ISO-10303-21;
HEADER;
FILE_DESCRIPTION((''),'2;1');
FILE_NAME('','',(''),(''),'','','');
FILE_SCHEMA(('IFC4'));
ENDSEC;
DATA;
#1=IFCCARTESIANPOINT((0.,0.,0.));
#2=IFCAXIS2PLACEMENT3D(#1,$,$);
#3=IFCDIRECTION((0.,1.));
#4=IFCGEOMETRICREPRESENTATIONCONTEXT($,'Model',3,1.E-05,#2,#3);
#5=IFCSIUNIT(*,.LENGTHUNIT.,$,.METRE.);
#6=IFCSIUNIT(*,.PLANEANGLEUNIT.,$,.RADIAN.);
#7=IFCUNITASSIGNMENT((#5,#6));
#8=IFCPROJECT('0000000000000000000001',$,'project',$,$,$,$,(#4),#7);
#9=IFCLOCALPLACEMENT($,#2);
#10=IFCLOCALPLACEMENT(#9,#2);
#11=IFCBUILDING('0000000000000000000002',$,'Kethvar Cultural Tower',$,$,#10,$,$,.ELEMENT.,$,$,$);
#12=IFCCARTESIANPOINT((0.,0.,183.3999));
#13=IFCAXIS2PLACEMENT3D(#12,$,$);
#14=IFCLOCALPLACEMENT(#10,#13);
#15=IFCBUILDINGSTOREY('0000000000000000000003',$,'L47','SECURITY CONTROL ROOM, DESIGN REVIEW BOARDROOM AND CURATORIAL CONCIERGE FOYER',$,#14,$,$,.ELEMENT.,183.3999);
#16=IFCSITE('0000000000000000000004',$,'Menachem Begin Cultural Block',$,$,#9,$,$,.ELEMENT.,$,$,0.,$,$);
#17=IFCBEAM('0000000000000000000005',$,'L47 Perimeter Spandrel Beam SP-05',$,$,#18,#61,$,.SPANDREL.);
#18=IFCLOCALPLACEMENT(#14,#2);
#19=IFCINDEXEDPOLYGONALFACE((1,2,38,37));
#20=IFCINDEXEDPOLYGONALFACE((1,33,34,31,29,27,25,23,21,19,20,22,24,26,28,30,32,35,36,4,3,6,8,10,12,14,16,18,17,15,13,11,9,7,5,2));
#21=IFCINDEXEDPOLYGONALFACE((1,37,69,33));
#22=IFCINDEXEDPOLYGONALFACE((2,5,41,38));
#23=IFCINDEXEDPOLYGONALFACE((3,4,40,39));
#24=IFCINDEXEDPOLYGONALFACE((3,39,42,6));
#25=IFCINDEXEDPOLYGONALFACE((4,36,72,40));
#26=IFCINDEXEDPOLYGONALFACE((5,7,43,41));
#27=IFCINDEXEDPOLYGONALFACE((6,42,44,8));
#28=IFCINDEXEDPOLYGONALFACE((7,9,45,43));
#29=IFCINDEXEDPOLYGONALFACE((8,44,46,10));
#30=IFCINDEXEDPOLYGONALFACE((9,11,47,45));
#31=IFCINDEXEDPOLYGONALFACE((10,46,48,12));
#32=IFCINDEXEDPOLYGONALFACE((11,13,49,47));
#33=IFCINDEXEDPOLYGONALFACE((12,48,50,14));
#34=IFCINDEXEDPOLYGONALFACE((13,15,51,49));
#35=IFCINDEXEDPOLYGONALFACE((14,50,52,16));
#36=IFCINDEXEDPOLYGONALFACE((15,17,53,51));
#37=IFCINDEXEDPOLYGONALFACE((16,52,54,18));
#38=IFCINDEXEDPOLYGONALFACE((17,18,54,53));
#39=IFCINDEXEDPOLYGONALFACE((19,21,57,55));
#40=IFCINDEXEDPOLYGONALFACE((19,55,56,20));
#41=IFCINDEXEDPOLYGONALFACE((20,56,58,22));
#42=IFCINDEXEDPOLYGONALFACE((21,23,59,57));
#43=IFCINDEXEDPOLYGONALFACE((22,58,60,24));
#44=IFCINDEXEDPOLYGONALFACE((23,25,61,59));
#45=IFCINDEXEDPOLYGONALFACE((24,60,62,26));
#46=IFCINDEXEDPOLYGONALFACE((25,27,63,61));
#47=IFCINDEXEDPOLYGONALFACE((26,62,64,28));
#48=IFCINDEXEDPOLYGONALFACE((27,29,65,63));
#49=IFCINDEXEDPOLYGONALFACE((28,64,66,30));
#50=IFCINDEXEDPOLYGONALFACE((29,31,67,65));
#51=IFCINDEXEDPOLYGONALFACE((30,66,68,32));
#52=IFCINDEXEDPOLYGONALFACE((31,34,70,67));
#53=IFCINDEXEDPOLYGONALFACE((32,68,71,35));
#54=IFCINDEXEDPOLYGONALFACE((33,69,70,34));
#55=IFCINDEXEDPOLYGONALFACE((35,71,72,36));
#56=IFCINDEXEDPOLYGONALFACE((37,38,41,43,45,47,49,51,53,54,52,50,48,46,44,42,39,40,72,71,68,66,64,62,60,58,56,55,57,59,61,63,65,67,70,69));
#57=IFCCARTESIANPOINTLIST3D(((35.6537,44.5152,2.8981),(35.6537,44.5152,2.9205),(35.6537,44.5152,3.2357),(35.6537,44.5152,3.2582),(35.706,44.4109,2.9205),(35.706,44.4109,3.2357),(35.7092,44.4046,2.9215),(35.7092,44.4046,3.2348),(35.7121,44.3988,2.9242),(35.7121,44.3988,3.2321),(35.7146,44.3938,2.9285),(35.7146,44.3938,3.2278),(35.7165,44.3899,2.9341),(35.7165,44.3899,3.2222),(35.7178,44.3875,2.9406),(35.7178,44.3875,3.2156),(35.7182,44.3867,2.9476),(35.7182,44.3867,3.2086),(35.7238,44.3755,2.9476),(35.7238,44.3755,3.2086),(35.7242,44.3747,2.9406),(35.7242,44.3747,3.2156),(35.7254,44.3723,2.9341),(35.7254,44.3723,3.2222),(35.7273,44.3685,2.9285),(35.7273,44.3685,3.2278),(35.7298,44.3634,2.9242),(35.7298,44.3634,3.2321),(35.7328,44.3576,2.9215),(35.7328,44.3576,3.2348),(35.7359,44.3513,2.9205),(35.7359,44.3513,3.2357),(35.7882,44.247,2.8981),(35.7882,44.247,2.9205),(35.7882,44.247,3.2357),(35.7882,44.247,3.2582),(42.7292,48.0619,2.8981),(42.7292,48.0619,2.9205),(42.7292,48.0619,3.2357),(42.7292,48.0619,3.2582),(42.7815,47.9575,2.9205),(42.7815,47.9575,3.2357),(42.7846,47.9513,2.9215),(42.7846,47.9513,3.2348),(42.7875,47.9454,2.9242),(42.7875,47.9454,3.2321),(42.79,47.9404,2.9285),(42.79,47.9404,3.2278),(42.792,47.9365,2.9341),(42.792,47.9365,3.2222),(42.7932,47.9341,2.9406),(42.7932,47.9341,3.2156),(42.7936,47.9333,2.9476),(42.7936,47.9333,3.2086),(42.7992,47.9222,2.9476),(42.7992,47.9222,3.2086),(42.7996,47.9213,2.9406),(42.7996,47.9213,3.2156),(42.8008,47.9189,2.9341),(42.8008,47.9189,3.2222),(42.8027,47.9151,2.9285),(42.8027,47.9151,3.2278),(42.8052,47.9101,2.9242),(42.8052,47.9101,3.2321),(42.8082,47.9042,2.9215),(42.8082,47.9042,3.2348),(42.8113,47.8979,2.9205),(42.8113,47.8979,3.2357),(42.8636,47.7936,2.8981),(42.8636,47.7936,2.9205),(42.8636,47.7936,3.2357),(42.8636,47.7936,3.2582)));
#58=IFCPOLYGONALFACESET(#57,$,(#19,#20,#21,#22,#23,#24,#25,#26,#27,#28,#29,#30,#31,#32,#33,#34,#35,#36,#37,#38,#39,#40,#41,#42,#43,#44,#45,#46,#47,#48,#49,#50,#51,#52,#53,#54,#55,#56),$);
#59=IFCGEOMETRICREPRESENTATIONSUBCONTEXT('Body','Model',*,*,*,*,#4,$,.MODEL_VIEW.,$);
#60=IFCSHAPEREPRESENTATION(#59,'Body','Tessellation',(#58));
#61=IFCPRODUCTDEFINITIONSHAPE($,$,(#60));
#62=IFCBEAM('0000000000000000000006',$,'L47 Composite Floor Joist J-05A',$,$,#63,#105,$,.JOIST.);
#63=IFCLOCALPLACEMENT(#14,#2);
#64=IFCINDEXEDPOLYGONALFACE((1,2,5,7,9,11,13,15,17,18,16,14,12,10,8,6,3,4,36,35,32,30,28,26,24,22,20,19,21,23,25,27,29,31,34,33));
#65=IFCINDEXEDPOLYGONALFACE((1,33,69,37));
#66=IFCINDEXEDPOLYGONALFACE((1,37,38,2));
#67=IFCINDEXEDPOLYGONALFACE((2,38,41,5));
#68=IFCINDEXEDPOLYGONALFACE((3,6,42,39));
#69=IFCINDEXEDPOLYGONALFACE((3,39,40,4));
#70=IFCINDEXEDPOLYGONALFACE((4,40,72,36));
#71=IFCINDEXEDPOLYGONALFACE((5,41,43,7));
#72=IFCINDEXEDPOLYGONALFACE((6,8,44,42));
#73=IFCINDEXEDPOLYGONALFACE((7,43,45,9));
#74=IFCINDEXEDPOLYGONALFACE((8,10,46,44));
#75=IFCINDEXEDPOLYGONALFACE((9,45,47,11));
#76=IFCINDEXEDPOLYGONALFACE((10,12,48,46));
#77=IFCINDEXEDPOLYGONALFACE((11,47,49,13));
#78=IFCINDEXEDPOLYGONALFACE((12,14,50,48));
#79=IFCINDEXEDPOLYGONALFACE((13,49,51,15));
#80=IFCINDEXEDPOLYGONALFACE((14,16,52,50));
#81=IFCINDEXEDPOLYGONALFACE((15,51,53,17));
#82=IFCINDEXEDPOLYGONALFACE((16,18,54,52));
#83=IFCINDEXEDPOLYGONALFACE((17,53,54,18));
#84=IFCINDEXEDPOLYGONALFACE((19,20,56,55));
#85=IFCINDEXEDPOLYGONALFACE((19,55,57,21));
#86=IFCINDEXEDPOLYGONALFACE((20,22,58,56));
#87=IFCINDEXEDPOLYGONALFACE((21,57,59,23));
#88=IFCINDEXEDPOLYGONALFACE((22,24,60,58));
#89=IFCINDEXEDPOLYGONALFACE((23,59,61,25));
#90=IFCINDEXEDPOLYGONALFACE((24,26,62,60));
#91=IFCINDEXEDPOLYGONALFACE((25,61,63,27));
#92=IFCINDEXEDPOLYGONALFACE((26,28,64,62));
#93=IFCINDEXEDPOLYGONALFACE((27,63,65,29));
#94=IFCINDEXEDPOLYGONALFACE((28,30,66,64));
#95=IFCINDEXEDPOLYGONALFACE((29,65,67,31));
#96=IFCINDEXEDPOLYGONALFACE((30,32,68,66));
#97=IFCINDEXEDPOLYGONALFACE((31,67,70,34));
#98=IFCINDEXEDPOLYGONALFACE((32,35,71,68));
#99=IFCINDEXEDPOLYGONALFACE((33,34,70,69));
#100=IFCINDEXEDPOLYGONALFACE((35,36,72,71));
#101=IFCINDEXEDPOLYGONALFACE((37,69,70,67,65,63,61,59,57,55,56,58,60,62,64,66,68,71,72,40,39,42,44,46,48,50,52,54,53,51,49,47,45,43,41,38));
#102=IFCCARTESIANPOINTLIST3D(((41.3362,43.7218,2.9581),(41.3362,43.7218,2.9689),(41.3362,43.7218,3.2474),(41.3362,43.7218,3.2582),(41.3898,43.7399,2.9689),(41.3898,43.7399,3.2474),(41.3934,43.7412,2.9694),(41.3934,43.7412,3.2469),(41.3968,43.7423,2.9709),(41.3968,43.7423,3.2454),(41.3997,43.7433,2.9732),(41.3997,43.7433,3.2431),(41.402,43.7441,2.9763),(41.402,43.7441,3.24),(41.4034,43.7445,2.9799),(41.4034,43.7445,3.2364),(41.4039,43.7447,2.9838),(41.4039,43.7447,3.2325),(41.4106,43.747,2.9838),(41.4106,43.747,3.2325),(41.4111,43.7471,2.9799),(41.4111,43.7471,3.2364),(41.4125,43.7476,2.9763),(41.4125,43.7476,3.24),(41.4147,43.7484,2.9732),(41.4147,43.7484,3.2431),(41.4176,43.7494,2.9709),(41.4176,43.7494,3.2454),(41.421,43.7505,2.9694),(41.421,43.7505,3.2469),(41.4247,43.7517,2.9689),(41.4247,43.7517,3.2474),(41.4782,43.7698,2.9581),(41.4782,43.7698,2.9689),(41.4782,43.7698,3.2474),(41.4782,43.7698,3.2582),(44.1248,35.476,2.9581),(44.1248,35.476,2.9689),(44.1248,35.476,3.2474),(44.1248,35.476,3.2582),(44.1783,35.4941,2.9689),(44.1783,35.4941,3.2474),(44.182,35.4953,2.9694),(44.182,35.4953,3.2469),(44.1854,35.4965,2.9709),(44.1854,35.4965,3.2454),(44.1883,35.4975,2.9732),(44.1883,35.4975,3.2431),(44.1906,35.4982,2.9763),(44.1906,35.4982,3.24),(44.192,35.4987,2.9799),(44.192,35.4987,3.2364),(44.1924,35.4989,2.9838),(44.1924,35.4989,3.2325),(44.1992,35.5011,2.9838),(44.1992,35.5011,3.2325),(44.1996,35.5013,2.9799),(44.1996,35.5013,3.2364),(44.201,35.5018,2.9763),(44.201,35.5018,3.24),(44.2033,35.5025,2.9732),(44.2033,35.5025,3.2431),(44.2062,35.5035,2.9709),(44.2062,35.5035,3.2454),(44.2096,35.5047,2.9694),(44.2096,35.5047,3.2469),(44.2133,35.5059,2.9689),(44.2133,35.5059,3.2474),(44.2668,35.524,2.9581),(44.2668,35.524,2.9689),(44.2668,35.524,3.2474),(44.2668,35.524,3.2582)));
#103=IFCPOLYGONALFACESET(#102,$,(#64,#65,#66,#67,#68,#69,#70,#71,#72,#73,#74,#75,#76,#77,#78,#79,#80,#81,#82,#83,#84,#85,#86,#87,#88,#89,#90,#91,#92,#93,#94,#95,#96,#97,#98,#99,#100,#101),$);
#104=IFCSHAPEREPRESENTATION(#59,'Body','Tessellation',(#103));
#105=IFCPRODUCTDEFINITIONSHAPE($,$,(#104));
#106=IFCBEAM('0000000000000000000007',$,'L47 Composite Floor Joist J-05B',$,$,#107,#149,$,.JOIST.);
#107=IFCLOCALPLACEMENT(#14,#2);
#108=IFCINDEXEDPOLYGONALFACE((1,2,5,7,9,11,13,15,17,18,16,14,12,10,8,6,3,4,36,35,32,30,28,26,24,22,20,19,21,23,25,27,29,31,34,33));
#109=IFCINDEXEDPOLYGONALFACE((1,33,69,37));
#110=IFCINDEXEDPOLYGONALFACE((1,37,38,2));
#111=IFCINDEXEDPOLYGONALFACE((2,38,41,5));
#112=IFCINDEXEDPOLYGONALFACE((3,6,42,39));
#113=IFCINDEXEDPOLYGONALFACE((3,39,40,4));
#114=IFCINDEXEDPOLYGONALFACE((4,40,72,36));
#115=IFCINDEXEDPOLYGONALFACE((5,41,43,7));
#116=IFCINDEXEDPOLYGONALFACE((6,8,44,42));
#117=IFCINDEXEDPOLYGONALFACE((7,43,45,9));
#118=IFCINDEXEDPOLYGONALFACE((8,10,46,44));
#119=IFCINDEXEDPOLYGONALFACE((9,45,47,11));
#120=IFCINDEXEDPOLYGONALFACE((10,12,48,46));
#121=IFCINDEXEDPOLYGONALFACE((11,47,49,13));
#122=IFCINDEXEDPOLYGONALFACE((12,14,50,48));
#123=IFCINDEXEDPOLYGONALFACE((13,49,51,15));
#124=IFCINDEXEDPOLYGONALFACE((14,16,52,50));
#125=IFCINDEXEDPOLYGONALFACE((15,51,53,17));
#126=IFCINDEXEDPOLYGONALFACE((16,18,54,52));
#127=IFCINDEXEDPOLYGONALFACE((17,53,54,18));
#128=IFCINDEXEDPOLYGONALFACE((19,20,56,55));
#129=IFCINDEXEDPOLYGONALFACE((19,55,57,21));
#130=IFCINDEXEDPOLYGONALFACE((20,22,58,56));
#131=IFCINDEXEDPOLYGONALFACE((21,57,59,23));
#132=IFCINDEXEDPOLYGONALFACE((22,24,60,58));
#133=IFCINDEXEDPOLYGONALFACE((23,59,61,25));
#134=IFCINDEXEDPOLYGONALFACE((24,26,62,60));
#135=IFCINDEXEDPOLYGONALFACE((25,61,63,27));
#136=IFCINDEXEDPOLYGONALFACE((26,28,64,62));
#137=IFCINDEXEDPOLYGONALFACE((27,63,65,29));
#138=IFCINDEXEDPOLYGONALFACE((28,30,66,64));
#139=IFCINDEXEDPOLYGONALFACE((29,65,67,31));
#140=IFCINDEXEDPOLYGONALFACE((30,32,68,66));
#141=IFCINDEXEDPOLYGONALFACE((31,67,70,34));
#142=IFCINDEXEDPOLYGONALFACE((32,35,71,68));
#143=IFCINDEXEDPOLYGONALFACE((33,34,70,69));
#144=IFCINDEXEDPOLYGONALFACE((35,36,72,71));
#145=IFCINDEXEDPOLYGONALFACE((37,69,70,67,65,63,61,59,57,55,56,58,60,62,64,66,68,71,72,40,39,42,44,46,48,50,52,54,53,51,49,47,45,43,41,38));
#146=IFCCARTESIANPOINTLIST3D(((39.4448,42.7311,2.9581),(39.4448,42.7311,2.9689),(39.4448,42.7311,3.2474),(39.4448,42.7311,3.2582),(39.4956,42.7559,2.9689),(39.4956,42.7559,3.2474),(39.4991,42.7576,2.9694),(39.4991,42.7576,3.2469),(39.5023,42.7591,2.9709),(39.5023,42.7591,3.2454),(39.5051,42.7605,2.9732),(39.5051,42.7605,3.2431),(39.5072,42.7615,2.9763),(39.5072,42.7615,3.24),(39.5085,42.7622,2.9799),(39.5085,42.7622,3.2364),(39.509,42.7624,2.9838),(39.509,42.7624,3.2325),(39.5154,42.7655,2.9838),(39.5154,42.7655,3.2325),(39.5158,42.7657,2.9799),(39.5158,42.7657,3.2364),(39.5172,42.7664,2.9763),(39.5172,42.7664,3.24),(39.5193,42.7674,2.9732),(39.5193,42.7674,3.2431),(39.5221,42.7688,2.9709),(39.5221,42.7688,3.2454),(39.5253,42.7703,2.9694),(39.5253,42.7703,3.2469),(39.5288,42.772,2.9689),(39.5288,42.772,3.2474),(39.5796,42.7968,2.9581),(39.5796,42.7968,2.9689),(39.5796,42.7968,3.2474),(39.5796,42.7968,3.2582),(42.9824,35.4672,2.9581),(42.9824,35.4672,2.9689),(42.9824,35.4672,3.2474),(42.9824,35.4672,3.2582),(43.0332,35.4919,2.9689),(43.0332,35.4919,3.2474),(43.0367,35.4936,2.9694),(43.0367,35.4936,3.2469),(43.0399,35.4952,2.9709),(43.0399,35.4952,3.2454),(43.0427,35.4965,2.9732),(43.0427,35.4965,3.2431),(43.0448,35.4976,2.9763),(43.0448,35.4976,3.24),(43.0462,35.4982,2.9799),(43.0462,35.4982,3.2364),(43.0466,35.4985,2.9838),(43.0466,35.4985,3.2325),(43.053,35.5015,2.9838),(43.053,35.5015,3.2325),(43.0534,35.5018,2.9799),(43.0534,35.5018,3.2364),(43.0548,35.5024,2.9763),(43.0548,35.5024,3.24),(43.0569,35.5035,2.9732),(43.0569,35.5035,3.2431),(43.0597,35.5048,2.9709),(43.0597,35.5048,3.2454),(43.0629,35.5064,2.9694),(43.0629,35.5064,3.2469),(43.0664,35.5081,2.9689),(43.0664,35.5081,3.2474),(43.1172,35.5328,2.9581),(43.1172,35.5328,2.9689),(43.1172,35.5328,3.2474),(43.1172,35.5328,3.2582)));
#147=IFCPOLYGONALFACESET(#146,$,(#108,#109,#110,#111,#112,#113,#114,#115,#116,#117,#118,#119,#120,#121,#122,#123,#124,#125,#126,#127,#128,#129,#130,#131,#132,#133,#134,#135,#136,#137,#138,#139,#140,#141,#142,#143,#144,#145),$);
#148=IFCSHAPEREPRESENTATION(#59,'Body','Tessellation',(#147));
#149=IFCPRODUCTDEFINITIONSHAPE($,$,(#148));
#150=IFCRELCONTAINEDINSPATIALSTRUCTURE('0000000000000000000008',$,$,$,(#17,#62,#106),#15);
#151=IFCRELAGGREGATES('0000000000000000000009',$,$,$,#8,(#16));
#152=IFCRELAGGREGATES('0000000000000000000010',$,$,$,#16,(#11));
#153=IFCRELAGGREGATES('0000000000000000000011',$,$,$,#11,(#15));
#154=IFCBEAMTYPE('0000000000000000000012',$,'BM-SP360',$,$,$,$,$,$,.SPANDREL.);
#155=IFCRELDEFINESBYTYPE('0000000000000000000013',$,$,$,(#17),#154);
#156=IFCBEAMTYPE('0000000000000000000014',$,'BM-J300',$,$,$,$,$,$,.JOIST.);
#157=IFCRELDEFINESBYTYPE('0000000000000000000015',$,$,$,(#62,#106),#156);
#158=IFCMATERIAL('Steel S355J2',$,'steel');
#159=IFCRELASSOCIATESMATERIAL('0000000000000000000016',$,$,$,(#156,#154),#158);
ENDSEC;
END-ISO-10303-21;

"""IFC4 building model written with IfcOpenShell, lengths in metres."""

from ifc_helpers import new_model, si_unit, direction, frame, origin, origin_2d, place, context, subcontext, project, spatial, i_section, extrude, source, transform, mapped, material, material_profile, profile_set, type_object, element, save


model = new_model("IFC4")

# Units and contexts
model_context = context("Model", 3, precision=1e-05, world=origin(), true_north=direction((0.0, 1.0)))
body_context = subcontext(model_context, "Body", "Model", "MODEL_VIEW")
ifc_project = project(units=[si_unit("LENGTHUNIT", "METRE"), si_unit("PLANEANGLEUNIT", "RADIAN")], contexts=[model_context])

# Site, building, storey
site_placement = place(None, origin())
site = spatial("IfcSite", under=ifc_project, at=site_placement, Name="Menachem Begin Cultural Block", CompositionType="ELEMENT", RefElevation=0.0)
building_placement = place(site_placement, origin())
building = spatial("IfcBuilding", under=site, at=building_placement, Name="Kethvar Cultural Tower", CompositionType="ELEMENT")
storey_placement = place(building_placement, frame((0.0, 0.0, 183.3999)))
storey = spatial("IfcBuildingStorey", under=building, at=storey_placement, Name="L47", Description="SECURITY CONTROL ROOM, DESIGN REVIEW BOARDROOM AND CURATORIAL CONCIERGE FOYER", CompositionType="ELEMENT", Elevation=183.3999)

# Beams
ifc_material_1 = material(Name="Steel S355J2", Category="steel")
ifc_material_profile_1 = material_profile(ifc_material_1, i_section(OverallWidth=0.1499, OverallDepth=0.3, WebThickness=0.0071, FlangeThickness=0.0107, FilletRadius=0.0149, at=origin_2d()), Name="Steel S355J2 — IPE300")
ifc_profile_set_1 = profile_set([ifc_material_profile_1], Name="Steel S355J2 — IPE300")
beam_type_1 = type_object("IfcBeamType", Name="BM-J300", PredefinedType="JOIST", material=ifc_profile_set_1)
ifc_material_profile_2 = material_profile(ifc_material_1, i_section(OverallWidth=0.3, OverallDepth=0.3601, WebThickness=0.0125, FlangeThickness=0.0225, FilletRadius=0.0271, at=origin_2d()), Name="Steel S355J2 — HEB360")
ifc_profile_set_2 = profile_set([ifc_material_profile_2], Name="Steel S355J2 — HEB360")
beam_type_2 = type_object("IfcBeamType", Name="BM-SP360", PredefinedType="SPANDREL", material=ifc_profile_set_2)
shared_shape_1 = source(origin(), body_context, "Body", "SweptSolid", [
    extrude(i_section(OverallWidth=0.3, OverallDepth=0.3601, WebThickness=0.0125, FlangeThickness=0.0225, FilletRadius=0.0271, at=origin_2d()), origin(), (0.0, 0.0, 1.0), 7.9146),
])
beam_1_placement = place(storey_placement, frame((42.7964, 47.9277, 3.0781), z_axis=(-0.893976, -0.448114, 0.0), x_axis=(0.448114, -0.893976, 0.0)))
element("IfcBeam", 1, at=beam_1_placement, inside=storey, type_object=beam_type_2, Name="L47 Perimeter Spandrel Beam SP-05", PredefinedType="SPANDREL", context=body_context, shape_type="MappedRepresentation", body=[
    mapped(shared_shape_1, transform((0.0, 0.0, 0.0), scale=1.0)),
])
shared_shape_2 = source(origin(), body_context, "Body", "SweptSolid", [
    extrude(i_section(OverallWidth=0.1499, OverallDepth=0.3, WebThickness=0.0071, FlangeThickness=0.0107, FilletRadius=0.0149, at=origin_2d()), origin(), (0.0, 0.0, 1.0), 8.7046),
])
beam_2_placement = place(storey_placement, frame((44.1958, 35.5, 3.1082), z_axis=(-0.320356, 0.947297, 0.0), x_axis=(-0.947297, -0.320356, 0.0)))
element("IfcBeam", 2, at=beam_2_placement, inside=storey, type_object=beam_type_1, Name="L47 Composite Floor Joist J-05A", PredefinedType="JOIST", context=body_context, shape_type="MappedRepresentation", body=[
    mapped(shared_shape_2, transform((0.0, 0.0, 0.0), scale=1.0)),
])
shared_shape_3 = source(origin(), body_context, "Body", "SweptSolid", [
    extrude(i_section(OverallWidth=0.1499, OverallDepth=0.3, WebThickness=0.0071, FlangeThickness=0.0107, FilletRadius=0.0149, at=origin_2d()), origin(), (0.0, 0.0, 1.0), 8.0796),
])
beam_3_placement = place(storey_placement, frame((43.0498, 35.5, 3.1082), z_axis=(-0.437846, 0.89905, 0.0), x_axis=(-0.89905, -0.437846, 0.0)))
element("IfcBeam", 3, at=beam_3_placement, inside=storey, type_object=beam_type_1, Name="L47 Composite Floor Joist J-05B", PredefinedType="JOIST", context=body_context, shape_type="MappedRepresentation", body=[
    mapped(shared_shape_3, transform((0.0, 0.0, 0.0), scale=1.0)),
])

save(model, "model.ifc")
